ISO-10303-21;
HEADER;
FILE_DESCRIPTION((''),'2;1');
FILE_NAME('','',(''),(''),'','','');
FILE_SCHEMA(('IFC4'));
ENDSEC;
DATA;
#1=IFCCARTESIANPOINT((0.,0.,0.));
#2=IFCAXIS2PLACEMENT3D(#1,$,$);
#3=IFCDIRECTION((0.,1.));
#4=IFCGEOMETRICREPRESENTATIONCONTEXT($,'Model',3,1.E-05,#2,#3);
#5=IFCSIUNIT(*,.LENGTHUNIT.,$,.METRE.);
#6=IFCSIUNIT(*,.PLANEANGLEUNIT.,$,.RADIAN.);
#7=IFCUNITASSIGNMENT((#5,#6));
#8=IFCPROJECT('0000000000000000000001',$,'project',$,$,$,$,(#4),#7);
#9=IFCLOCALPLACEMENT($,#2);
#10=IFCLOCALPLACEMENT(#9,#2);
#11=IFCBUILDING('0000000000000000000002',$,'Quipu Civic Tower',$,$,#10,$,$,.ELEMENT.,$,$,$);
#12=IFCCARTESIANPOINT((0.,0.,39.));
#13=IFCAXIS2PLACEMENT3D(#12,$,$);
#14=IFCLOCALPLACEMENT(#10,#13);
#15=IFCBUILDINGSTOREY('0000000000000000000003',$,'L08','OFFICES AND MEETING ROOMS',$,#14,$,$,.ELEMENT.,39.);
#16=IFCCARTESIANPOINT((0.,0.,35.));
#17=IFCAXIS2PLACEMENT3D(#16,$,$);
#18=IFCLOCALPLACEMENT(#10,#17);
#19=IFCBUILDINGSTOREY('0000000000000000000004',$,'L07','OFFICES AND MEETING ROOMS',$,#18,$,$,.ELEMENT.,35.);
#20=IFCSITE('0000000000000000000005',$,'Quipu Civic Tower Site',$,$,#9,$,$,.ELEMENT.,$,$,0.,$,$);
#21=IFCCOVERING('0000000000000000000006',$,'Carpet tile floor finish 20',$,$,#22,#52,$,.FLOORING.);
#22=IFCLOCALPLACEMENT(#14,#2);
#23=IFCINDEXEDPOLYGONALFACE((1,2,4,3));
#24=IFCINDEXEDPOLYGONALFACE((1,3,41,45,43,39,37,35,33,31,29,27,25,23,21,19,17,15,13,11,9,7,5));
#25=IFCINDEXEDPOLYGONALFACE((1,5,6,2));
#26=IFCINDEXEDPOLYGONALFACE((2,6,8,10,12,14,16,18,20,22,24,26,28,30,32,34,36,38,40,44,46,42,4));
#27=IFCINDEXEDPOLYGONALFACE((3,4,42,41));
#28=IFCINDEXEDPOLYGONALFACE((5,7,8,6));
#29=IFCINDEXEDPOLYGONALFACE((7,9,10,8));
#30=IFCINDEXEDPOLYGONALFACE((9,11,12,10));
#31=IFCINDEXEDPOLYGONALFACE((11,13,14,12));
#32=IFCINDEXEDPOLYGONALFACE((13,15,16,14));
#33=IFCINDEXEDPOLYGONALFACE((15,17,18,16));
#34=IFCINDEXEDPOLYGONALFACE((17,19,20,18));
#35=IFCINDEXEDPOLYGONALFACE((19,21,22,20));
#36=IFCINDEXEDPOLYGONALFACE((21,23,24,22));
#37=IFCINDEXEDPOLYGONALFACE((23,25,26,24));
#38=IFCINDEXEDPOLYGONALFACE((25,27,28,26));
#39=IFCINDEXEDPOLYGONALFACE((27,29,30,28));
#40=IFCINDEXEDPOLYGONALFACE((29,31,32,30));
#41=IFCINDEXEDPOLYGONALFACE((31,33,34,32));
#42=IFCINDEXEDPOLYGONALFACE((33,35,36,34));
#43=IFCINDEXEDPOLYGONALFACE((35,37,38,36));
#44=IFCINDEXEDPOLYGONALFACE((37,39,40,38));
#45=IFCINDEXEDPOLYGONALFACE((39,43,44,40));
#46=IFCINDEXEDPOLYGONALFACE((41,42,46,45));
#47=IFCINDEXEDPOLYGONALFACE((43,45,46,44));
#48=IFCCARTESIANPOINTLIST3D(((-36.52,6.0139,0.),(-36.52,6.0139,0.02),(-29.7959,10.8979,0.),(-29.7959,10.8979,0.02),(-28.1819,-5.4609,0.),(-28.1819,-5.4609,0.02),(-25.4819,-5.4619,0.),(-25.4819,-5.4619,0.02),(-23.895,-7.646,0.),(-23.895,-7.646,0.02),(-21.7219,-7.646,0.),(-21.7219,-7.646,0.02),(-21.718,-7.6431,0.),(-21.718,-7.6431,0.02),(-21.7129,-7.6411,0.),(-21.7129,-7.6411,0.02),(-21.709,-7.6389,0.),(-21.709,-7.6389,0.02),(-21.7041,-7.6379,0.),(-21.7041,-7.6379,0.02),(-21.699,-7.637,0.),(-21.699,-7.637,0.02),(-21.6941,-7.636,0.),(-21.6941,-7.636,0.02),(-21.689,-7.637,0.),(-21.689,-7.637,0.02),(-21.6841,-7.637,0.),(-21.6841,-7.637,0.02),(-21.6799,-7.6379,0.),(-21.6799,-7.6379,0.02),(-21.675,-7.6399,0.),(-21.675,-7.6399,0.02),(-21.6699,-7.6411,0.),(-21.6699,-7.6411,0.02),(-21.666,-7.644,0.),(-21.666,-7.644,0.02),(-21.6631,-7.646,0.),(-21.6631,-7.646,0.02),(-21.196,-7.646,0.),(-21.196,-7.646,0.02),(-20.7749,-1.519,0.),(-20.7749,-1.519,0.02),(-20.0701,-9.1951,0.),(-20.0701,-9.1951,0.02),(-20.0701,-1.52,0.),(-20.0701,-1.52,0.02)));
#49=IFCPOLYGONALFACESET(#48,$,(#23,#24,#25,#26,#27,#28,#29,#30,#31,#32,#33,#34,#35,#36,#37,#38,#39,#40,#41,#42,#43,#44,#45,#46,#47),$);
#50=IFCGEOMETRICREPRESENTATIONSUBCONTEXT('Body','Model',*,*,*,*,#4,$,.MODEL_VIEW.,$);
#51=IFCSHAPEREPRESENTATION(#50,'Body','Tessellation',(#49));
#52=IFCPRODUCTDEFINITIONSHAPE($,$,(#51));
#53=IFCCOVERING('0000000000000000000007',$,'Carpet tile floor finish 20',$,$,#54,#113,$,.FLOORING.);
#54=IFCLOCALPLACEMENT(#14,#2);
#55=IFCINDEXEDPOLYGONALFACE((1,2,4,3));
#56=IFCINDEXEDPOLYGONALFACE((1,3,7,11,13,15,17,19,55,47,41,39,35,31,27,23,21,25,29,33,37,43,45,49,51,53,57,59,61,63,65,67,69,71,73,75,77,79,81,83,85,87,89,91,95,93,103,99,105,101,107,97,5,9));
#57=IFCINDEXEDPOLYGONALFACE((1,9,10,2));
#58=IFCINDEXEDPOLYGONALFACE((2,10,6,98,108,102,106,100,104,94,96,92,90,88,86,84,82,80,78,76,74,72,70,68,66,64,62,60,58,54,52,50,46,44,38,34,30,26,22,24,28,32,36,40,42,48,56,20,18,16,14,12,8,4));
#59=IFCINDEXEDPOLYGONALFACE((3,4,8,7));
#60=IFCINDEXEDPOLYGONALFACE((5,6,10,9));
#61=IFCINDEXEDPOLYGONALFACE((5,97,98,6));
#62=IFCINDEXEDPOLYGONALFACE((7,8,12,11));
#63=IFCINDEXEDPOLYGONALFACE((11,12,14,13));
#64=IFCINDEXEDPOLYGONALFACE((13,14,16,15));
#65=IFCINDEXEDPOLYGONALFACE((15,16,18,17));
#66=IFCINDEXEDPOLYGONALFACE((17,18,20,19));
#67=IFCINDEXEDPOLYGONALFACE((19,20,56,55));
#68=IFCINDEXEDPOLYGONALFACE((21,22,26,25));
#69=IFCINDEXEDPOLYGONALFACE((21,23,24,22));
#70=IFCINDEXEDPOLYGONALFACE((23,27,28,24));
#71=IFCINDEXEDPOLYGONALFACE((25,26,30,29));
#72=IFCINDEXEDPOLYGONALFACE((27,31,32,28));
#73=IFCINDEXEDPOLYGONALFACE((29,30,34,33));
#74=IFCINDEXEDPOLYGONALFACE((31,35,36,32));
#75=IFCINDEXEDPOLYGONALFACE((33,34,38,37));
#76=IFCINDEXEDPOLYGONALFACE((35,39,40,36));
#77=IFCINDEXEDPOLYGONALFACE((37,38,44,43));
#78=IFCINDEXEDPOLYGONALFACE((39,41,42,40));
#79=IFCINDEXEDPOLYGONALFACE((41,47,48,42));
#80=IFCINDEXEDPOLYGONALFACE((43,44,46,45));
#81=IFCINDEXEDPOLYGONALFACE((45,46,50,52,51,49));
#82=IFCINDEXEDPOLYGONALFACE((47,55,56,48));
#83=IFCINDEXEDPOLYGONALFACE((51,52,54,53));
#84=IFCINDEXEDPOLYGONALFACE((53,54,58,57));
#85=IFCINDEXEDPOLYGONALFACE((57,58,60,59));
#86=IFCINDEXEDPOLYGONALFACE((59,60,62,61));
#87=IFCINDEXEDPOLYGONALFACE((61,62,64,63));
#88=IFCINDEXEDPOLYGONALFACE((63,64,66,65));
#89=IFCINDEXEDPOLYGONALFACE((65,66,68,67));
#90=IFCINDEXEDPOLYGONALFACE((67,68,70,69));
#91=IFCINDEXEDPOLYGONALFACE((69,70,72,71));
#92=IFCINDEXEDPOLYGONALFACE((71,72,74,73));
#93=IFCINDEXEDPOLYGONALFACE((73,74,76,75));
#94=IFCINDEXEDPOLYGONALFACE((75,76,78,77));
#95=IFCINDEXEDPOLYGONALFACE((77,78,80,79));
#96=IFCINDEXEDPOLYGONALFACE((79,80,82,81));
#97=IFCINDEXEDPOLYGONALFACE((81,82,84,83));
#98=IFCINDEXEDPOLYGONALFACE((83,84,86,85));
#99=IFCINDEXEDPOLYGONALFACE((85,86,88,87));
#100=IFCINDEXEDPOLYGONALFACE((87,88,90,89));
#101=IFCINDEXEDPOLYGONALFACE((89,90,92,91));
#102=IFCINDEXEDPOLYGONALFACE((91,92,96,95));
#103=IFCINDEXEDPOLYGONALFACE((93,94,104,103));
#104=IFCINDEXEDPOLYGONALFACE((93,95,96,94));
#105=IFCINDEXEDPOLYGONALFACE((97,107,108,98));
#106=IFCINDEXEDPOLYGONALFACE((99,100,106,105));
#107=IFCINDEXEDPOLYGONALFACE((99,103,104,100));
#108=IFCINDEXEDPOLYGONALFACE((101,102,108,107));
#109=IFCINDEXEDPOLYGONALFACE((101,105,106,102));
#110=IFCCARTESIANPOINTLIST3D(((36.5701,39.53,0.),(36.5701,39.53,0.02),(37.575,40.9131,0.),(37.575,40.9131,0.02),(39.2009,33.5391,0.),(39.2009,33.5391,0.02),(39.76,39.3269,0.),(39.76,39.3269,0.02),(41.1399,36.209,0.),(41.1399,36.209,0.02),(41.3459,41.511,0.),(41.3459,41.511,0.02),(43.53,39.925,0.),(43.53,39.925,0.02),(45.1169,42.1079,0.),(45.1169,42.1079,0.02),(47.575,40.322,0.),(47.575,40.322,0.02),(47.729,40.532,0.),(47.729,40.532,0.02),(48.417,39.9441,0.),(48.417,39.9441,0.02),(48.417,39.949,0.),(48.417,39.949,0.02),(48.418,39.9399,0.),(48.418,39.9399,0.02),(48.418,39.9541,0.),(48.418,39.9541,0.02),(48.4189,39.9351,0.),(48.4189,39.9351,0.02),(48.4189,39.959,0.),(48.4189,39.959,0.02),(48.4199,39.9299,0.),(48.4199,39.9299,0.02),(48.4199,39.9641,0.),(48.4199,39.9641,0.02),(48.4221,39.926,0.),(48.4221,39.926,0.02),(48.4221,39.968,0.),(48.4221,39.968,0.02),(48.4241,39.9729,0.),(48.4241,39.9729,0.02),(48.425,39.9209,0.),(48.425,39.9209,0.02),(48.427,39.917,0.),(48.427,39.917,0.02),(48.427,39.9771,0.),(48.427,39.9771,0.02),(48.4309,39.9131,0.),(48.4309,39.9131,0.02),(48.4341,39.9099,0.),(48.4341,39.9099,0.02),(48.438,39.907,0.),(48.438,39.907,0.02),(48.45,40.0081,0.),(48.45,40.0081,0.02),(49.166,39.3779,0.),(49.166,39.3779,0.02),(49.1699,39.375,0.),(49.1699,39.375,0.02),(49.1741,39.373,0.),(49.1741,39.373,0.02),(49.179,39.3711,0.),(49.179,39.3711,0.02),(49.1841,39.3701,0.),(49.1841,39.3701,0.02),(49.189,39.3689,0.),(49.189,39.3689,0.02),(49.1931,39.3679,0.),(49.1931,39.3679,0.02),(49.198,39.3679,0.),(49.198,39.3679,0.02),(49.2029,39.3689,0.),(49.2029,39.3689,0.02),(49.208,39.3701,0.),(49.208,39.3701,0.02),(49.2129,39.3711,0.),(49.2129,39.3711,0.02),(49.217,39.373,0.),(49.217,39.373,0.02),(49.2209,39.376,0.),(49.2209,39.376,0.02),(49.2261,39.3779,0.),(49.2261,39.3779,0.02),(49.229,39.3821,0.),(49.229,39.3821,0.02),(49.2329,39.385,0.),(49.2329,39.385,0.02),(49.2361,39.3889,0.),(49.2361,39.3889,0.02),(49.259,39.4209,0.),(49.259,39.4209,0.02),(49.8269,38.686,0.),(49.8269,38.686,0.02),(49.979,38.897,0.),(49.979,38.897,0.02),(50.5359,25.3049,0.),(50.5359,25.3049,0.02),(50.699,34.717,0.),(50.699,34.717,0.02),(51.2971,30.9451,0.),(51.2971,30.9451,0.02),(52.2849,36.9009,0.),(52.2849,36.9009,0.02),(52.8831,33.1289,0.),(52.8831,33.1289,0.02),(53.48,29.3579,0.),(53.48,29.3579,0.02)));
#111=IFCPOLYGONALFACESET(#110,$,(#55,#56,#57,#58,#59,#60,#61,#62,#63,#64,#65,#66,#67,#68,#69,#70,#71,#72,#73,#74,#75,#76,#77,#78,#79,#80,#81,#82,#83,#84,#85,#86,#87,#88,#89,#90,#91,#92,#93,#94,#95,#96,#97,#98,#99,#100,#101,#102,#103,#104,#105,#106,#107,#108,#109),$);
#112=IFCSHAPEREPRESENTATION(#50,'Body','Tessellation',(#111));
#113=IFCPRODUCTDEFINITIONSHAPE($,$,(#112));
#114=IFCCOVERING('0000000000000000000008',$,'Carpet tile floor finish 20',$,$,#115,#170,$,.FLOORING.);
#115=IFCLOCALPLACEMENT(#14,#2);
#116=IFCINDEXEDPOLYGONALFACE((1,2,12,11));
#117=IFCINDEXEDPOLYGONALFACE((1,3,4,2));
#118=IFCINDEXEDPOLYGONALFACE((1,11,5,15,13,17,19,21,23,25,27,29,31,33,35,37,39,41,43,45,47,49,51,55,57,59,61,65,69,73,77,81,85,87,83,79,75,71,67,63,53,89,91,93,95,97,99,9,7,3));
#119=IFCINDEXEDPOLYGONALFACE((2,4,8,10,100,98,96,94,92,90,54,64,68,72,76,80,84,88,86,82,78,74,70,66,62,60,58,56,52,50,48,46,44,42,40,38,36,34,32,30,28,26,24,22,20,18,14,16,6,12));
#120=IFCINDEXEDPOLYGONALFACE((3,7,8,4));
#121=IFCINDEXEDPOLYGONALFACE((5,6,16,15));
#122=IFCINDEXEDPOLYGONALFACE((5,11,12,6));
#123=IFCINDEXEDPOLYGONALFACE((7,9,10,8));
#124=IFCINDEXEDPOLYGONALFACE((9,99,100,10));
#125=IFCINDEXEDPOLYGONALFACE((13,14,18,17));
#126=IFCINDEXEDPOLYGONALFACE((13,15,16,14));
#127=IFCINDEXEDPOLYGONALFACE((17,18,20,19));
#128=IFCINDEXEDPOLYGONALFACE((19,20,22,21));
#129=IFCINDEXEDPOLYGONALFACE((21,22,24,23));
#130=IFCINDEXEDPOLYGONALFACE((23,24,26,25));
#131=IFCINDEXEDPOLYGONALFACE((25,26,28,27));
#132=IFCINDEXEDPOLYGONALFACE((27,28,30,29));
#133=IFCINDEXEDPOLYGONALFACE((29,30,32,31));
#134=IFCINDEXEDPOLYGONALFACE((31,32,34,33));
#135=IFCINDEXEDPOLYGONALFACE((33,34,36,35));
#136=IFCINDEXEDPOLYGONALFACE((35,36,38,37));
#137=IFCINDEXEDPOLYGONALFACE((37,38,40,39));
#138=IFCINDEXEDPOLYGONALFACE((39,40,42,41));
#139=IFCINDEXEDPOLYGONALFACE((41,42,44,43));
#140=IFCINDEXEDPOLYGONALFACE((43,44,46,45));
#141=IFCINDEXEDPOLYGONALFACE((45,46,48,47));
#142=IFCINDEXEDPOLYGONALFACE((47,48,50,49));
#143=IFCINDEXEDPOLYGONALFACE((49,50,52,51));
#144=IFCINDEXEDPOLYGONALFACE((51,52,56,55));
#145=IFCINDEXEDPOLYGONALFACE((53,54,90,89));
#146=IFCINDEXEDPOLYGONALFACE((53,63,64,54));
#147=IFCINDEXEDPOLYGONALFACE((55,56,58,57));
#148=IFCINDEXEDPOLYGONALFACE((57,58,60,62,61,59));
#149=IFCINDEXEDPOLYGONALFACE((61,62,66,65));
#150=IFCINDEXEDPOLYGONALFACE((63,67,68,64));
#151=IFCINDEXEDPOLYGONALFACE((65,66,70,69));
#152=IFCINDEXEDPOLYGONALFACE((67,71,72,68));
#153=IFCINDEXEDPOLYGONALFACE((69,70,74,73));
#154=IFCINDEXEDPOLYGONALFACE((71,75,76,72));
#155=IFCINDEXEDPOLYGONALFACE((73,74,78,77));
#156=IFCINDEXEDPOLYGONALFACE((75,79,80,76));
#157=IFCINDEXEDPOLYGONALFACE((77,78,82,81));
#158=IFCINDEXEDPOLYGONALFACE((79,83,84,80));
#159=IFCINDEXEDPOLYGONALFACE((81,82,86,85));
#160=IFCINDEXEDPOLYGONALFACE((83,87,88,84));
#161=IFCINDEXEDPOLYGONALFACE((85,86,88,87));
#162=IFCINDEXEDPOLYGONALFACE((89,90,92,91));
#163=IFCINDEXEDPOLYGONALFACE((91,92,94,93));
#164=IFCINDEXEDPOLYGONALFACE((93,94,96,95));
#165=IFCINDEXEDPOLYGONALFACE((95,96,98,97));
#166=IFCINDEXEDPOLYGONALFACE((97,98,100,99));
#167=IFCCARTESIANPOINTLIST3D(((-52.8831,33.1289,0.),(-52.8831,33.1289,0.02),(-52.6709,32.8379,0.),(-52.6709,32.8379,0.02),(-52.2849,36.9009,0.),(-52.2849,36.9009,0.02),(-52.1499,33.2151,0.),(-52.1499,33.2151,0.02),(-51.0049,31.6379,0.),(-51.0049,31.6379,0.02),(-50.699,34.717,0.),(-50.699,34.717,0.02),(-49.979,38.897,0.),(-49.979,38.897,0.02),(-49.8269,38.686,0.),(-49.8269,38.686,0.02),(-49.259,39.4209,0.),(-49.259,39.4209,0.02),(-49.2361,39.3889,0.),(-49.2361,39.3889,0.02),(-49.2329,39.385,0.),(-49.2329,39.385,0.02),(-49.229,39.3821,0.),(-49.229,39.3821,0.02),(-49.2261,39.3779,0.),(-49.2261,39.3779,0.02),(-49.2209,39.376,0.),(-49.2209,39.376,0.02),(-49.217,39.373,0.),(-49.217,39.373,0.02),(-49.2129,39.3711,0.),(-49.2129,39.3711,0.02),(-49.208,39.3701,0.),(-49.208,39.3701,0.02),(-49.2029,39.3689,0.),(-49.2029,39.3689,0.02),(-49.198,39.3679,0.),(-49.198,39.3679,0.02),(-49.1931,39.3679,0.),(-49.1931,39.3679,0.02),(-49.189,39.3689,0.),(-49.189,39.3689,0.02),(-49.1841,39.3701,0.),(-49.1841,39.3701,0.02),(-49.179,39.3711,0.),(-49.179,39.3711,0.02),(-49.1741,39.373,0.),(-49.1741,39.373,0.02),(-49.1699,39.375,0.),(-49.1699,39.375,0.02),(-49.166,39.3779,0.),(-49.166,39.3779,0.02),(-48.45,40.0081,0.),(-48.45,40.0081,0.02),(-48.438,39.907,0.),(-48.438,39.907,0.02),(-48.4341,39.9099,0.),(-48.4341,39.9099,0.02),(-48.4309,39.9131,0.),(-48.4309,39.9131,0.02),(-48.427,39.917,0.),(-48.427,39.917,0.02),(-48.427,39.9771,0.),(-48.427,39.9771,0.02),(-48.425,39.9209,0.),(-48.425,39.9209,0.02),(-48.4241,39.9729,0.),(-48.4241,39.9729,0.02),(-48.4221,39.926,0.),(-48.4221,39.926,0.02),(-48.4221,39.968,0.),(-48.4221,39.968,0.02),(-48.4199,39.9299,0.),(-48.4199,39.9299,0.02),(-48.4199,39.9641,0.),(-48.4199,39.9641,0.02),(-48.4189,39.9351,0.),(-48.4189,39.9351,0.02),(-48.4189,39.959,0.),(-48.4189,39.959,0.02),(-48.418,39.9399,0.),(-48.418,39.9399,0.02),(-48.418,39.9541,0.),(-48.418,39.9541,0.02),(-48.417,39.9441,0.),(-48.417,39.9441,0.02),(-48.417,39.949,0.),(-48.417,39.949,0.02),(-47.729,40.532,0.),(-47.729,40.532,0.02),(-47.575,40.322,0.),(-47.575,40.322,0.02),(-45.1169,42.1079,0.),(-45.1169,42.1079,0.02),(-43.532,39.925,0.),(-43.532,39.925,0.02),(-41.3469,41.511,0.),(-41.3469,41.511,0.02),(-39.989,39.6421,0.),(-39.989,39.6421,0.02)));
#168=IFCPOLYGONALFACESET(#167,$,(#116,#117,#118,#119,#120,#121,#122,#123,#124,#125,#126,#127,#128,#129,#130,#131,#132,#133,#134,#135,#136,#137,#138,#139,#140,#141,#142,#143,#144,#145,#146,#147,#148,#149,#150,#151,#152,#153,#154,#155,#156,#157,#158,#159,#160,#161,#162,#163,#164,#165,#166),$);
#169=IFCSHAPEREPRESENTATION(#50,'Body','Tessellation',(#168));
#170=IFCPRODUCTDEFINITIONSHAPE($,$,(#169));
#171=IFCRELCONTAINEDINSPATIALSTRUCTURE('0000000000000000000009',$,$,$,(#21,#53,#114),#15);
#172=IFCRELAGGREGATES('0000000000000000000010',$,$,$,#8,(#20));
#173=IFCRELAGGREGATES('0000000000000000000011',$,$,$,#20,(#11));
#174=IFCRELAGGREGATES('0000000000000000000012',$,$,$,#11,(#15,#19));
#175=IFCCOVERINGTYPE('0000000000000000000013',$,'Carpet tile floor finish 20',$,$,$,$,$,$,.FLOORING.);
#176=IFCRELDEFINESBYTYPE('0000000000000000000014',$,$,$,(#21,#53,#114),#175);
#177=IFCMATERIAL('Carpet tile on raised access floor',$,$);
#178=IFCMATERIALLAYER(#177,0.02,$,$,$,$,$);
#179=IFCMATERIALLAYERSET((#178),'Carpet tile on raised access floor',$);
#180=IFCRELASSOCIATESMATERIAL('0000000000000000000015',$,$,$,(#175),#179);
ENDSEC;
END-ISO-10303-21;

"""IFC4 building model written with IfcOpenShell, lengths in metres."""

from ifc_helpers import new_model, si_unit, direction, frame, origin, place, context, subcontext, project, spatial, polyline, outline, extrude, material, layer, layer_set, type_object, element, save


model = new_model("IFC4")

# Units and contexts
model_context = context("Model", 3, precision=1e-05, world=origin(), true_north=direction((0.0, 1.0)))
body_context = subcontext(model_context, "Body", "Model", "MODEL_VIEW")
ifc_project = project(units=[si_unit("LENGTHUNIT", "METRE"), si_unit("PLANEANGLEUNIT", "RADIAN")], contexts=[model_context])

# Site, building, storey
site_placement = place(None, origin())
site = spatial("IfcSite", under=ifc_project, at=site_placement, Name="Quipu Civic Tower Site", CompositionType="ELEMENT", RefElevation=0.0)
building_placement = place(site_placement, origin())
building = spatial("IfcBuilding", under=site, at=building_placement, Name="Quipu Civic Tower", CompositionType="ELEMENT")
storey_1_placement = place(building_placement, frame((0.0, 0.0, 39.0)))
storey_1 = spatial("IfcBuildingStorey", under=building, at=storey_1_placement, Name="L08", Description="OFFICES AND MEETING ROOMS", CompositionType="ELEMENT", Elevation=39.0)

# Shared definitions
storey_2_placement = place(building_placement, frame((0.0, 0.0, 35.0)))
storey_2 = spatial("IfcBuildingStorey", under=building, at=storey_2_placement, Name="L07", Description="OFFICES AND MEETING ROOMS", CompositionType="ELEMENT", Elevation=35.0)

# Coverings
ifc_material_1 = material(Name="Carpet tile on raised access floor")
ifc_layer_1 = layer(ifc_material_1, 0.02)
ifc_layer_set_1 = layer_set([ifc_layer_1], Name="Carpet tile on raised access floor")
covering_type_1 = type_object("IfcCoveringType", Name="Carpet tile floor finish 20", PredefinedType="FLOORING", material=ifc_layer_set_1)
covering_1_placement = place(storey_1_placement, origin())
element("IfcCovering", 1, at=covering_1_placement, inside=storey_1, type_object=covering_type_1, Name="Carpet tile floor finish 20", PredefinedType="FLOORING", context=body_context, shape_type="SweptSolid", body=[
    extrude(outline(polyline([(-36.52, 6.0139), (-29.7959, 10.8979), (-20.7749, -1.519), (-20.0701, -1.52), (-20.0701, -9.1951), (-21.196, -7.646), (-21.6631, -7.646), (-21.666, -7.644), (-21.6699, -7.6411), (-21.675, -7.6399), (-21.6799, -7.6379), (-21.6841, -7.637), (-21.689, -7.637), (-21.6941, -7.636), (-21.699, -7.637), (-21.7041, -7.6379), (-21.709, -7.6389), (-21.7129, -7.6411), (-21.718, -7.6431), (-21.7219, -7.646), (-21.7219, -7.646), (-23.895, -7.646), (-25.4819, -5.4619), (-28.1819, -5.4609), (-36.52, 6.0139)])), origin(), (0.0, 0.0, 1.0), 0.02),
])
covering_2_placement = place(storey_1_placement, origin())
element("IfcCovering", 2, at=covering_2_placement, inside=storey_1, type_object=covering_type_1, Name="Carpet tile floor finish 20", PredefinedType="FLOORING", context=body_context, shape_type="SweptSolid", body=[
    extrude(outline(polyline([(36.5701, 39.53), (37.575, 40.9131), (39.76, 39.3269), (41.3459, 41.511), (43.53, 39.925), (45.1169, 42.1079), (47.575, 40.322), (47.729, 40.532), (48.45, 40.0081), (48.427, 39.9771), (48.4241, 39.9729), (48.4221, 39.968), (48.4199, 39.9641), (48.4189, 39.959), (48.418, 39.9541), (48.417, 39.949), (48.417, 39.9441), (48.418, 39.9399), (48.4189, 39.9351), (48.4199, 39.9299), (48.4221, 39.926), (48.425, 39.9209), (48.427, 39.917), (48.4309, 39.9131), (48.4341, 39.9099), (48.438, 39.907), (49.166, 39.3779), (49.1699, 39.375), (49.1741, 39.373), (49.179, 39.3711), (49.1841, 39.3701), (49.189, 39.3689), (49.1931, 39.3679), (49.198, 39.3679), (49.2029, 39.3689), (49.208, 39.3701), (49.2129, 39.3711), (49.217, 39.373), (49.2209, 39.376), (49.2261, 39.3779), (49.229, 39.3821), (49.2329, 39.385), (49.2361, 39.3889), (49.259, 39.4209), (49.979, 38.897), (49.8269, 38.686), (52.2849, 36.9009), (50.699, 34.717), (52.8831, 33.1289), (51.2971, 30.9451), (53.48, 29.3579), (50.5359, 25.3049), (39.2009, 33.5391), (41.1399, 36.209), (36.5701, 39.53)])), origin(), (0.0, 0.0, 1.0), 0.02),
])
covering_3_placement = place(storey_1_placement, origin())
element("IfcCovering", 3, at=covering_3_placement, inside=storey_1, type_object=covering_type_1, Name="Carpet tile floor finish 20", PredefinedType="FLOORING", context=body_context, shape_type="SweptSolid", body=[
    extrude(outline(polyline([(-52.8831, 33.1289), (-50.699, 34.717), (-52.2849, 36.9009), (-49.8269, 38.686), (-49.979, 38.897), (-49.259, 39.4209), (-49.2361, 39.3889), (-49.2329, 39.385), (-49.229, 39.3821), (-49.2261, 39.3779), (-49.2209, 39.376), (-49.217, 39.373), (-49.2129, 39.3711), (-49.208, 39.3701), (-49.2029, 39.3689), (-49.198, 39.3679), (-49.1931, 39.3679), (-49.189, 39.3689), (-49.1841, 39.3701), (-49.179, 39.3711), (-49.1741, 39.373), (-49.1699, 39.375), (-49.166, 39.3779), (-48.438, 39.907), (-48.4341, 39.9099), (-48.4309, 39.9131), (-48.427, 39.917), (-48.425, 39.9209), (-48.4221, 39.926), (-48.4199, 39.9299), (-48.4189, 39.9351), (-48.418, 39.9399), (-48.417, 39.9441), (-48.417, 39.949), (-48.418, 39.9541), (-48.4189, 39.959), (-48.4199, 39.9641), (-48.4221, 39.968), (-48.4241, 39.9729), (-48.427, 39.9771), (-48.45, 40.0081), (-47.729, 40.532), (-47.575, 40.322), (-45.1169, 42.1079), (-43.532, 39.925), (-41.3469, 41.511), (-39.989, 39.6421), (-51.0049, 31.6379), (-52.1499, 33.2151), (-52.6709, 32.8379), (-52.8831, 33.1289)])), origin(), (0.0, 0.0, 1.0), 0.02),
])

save(model, "model.ifc")
